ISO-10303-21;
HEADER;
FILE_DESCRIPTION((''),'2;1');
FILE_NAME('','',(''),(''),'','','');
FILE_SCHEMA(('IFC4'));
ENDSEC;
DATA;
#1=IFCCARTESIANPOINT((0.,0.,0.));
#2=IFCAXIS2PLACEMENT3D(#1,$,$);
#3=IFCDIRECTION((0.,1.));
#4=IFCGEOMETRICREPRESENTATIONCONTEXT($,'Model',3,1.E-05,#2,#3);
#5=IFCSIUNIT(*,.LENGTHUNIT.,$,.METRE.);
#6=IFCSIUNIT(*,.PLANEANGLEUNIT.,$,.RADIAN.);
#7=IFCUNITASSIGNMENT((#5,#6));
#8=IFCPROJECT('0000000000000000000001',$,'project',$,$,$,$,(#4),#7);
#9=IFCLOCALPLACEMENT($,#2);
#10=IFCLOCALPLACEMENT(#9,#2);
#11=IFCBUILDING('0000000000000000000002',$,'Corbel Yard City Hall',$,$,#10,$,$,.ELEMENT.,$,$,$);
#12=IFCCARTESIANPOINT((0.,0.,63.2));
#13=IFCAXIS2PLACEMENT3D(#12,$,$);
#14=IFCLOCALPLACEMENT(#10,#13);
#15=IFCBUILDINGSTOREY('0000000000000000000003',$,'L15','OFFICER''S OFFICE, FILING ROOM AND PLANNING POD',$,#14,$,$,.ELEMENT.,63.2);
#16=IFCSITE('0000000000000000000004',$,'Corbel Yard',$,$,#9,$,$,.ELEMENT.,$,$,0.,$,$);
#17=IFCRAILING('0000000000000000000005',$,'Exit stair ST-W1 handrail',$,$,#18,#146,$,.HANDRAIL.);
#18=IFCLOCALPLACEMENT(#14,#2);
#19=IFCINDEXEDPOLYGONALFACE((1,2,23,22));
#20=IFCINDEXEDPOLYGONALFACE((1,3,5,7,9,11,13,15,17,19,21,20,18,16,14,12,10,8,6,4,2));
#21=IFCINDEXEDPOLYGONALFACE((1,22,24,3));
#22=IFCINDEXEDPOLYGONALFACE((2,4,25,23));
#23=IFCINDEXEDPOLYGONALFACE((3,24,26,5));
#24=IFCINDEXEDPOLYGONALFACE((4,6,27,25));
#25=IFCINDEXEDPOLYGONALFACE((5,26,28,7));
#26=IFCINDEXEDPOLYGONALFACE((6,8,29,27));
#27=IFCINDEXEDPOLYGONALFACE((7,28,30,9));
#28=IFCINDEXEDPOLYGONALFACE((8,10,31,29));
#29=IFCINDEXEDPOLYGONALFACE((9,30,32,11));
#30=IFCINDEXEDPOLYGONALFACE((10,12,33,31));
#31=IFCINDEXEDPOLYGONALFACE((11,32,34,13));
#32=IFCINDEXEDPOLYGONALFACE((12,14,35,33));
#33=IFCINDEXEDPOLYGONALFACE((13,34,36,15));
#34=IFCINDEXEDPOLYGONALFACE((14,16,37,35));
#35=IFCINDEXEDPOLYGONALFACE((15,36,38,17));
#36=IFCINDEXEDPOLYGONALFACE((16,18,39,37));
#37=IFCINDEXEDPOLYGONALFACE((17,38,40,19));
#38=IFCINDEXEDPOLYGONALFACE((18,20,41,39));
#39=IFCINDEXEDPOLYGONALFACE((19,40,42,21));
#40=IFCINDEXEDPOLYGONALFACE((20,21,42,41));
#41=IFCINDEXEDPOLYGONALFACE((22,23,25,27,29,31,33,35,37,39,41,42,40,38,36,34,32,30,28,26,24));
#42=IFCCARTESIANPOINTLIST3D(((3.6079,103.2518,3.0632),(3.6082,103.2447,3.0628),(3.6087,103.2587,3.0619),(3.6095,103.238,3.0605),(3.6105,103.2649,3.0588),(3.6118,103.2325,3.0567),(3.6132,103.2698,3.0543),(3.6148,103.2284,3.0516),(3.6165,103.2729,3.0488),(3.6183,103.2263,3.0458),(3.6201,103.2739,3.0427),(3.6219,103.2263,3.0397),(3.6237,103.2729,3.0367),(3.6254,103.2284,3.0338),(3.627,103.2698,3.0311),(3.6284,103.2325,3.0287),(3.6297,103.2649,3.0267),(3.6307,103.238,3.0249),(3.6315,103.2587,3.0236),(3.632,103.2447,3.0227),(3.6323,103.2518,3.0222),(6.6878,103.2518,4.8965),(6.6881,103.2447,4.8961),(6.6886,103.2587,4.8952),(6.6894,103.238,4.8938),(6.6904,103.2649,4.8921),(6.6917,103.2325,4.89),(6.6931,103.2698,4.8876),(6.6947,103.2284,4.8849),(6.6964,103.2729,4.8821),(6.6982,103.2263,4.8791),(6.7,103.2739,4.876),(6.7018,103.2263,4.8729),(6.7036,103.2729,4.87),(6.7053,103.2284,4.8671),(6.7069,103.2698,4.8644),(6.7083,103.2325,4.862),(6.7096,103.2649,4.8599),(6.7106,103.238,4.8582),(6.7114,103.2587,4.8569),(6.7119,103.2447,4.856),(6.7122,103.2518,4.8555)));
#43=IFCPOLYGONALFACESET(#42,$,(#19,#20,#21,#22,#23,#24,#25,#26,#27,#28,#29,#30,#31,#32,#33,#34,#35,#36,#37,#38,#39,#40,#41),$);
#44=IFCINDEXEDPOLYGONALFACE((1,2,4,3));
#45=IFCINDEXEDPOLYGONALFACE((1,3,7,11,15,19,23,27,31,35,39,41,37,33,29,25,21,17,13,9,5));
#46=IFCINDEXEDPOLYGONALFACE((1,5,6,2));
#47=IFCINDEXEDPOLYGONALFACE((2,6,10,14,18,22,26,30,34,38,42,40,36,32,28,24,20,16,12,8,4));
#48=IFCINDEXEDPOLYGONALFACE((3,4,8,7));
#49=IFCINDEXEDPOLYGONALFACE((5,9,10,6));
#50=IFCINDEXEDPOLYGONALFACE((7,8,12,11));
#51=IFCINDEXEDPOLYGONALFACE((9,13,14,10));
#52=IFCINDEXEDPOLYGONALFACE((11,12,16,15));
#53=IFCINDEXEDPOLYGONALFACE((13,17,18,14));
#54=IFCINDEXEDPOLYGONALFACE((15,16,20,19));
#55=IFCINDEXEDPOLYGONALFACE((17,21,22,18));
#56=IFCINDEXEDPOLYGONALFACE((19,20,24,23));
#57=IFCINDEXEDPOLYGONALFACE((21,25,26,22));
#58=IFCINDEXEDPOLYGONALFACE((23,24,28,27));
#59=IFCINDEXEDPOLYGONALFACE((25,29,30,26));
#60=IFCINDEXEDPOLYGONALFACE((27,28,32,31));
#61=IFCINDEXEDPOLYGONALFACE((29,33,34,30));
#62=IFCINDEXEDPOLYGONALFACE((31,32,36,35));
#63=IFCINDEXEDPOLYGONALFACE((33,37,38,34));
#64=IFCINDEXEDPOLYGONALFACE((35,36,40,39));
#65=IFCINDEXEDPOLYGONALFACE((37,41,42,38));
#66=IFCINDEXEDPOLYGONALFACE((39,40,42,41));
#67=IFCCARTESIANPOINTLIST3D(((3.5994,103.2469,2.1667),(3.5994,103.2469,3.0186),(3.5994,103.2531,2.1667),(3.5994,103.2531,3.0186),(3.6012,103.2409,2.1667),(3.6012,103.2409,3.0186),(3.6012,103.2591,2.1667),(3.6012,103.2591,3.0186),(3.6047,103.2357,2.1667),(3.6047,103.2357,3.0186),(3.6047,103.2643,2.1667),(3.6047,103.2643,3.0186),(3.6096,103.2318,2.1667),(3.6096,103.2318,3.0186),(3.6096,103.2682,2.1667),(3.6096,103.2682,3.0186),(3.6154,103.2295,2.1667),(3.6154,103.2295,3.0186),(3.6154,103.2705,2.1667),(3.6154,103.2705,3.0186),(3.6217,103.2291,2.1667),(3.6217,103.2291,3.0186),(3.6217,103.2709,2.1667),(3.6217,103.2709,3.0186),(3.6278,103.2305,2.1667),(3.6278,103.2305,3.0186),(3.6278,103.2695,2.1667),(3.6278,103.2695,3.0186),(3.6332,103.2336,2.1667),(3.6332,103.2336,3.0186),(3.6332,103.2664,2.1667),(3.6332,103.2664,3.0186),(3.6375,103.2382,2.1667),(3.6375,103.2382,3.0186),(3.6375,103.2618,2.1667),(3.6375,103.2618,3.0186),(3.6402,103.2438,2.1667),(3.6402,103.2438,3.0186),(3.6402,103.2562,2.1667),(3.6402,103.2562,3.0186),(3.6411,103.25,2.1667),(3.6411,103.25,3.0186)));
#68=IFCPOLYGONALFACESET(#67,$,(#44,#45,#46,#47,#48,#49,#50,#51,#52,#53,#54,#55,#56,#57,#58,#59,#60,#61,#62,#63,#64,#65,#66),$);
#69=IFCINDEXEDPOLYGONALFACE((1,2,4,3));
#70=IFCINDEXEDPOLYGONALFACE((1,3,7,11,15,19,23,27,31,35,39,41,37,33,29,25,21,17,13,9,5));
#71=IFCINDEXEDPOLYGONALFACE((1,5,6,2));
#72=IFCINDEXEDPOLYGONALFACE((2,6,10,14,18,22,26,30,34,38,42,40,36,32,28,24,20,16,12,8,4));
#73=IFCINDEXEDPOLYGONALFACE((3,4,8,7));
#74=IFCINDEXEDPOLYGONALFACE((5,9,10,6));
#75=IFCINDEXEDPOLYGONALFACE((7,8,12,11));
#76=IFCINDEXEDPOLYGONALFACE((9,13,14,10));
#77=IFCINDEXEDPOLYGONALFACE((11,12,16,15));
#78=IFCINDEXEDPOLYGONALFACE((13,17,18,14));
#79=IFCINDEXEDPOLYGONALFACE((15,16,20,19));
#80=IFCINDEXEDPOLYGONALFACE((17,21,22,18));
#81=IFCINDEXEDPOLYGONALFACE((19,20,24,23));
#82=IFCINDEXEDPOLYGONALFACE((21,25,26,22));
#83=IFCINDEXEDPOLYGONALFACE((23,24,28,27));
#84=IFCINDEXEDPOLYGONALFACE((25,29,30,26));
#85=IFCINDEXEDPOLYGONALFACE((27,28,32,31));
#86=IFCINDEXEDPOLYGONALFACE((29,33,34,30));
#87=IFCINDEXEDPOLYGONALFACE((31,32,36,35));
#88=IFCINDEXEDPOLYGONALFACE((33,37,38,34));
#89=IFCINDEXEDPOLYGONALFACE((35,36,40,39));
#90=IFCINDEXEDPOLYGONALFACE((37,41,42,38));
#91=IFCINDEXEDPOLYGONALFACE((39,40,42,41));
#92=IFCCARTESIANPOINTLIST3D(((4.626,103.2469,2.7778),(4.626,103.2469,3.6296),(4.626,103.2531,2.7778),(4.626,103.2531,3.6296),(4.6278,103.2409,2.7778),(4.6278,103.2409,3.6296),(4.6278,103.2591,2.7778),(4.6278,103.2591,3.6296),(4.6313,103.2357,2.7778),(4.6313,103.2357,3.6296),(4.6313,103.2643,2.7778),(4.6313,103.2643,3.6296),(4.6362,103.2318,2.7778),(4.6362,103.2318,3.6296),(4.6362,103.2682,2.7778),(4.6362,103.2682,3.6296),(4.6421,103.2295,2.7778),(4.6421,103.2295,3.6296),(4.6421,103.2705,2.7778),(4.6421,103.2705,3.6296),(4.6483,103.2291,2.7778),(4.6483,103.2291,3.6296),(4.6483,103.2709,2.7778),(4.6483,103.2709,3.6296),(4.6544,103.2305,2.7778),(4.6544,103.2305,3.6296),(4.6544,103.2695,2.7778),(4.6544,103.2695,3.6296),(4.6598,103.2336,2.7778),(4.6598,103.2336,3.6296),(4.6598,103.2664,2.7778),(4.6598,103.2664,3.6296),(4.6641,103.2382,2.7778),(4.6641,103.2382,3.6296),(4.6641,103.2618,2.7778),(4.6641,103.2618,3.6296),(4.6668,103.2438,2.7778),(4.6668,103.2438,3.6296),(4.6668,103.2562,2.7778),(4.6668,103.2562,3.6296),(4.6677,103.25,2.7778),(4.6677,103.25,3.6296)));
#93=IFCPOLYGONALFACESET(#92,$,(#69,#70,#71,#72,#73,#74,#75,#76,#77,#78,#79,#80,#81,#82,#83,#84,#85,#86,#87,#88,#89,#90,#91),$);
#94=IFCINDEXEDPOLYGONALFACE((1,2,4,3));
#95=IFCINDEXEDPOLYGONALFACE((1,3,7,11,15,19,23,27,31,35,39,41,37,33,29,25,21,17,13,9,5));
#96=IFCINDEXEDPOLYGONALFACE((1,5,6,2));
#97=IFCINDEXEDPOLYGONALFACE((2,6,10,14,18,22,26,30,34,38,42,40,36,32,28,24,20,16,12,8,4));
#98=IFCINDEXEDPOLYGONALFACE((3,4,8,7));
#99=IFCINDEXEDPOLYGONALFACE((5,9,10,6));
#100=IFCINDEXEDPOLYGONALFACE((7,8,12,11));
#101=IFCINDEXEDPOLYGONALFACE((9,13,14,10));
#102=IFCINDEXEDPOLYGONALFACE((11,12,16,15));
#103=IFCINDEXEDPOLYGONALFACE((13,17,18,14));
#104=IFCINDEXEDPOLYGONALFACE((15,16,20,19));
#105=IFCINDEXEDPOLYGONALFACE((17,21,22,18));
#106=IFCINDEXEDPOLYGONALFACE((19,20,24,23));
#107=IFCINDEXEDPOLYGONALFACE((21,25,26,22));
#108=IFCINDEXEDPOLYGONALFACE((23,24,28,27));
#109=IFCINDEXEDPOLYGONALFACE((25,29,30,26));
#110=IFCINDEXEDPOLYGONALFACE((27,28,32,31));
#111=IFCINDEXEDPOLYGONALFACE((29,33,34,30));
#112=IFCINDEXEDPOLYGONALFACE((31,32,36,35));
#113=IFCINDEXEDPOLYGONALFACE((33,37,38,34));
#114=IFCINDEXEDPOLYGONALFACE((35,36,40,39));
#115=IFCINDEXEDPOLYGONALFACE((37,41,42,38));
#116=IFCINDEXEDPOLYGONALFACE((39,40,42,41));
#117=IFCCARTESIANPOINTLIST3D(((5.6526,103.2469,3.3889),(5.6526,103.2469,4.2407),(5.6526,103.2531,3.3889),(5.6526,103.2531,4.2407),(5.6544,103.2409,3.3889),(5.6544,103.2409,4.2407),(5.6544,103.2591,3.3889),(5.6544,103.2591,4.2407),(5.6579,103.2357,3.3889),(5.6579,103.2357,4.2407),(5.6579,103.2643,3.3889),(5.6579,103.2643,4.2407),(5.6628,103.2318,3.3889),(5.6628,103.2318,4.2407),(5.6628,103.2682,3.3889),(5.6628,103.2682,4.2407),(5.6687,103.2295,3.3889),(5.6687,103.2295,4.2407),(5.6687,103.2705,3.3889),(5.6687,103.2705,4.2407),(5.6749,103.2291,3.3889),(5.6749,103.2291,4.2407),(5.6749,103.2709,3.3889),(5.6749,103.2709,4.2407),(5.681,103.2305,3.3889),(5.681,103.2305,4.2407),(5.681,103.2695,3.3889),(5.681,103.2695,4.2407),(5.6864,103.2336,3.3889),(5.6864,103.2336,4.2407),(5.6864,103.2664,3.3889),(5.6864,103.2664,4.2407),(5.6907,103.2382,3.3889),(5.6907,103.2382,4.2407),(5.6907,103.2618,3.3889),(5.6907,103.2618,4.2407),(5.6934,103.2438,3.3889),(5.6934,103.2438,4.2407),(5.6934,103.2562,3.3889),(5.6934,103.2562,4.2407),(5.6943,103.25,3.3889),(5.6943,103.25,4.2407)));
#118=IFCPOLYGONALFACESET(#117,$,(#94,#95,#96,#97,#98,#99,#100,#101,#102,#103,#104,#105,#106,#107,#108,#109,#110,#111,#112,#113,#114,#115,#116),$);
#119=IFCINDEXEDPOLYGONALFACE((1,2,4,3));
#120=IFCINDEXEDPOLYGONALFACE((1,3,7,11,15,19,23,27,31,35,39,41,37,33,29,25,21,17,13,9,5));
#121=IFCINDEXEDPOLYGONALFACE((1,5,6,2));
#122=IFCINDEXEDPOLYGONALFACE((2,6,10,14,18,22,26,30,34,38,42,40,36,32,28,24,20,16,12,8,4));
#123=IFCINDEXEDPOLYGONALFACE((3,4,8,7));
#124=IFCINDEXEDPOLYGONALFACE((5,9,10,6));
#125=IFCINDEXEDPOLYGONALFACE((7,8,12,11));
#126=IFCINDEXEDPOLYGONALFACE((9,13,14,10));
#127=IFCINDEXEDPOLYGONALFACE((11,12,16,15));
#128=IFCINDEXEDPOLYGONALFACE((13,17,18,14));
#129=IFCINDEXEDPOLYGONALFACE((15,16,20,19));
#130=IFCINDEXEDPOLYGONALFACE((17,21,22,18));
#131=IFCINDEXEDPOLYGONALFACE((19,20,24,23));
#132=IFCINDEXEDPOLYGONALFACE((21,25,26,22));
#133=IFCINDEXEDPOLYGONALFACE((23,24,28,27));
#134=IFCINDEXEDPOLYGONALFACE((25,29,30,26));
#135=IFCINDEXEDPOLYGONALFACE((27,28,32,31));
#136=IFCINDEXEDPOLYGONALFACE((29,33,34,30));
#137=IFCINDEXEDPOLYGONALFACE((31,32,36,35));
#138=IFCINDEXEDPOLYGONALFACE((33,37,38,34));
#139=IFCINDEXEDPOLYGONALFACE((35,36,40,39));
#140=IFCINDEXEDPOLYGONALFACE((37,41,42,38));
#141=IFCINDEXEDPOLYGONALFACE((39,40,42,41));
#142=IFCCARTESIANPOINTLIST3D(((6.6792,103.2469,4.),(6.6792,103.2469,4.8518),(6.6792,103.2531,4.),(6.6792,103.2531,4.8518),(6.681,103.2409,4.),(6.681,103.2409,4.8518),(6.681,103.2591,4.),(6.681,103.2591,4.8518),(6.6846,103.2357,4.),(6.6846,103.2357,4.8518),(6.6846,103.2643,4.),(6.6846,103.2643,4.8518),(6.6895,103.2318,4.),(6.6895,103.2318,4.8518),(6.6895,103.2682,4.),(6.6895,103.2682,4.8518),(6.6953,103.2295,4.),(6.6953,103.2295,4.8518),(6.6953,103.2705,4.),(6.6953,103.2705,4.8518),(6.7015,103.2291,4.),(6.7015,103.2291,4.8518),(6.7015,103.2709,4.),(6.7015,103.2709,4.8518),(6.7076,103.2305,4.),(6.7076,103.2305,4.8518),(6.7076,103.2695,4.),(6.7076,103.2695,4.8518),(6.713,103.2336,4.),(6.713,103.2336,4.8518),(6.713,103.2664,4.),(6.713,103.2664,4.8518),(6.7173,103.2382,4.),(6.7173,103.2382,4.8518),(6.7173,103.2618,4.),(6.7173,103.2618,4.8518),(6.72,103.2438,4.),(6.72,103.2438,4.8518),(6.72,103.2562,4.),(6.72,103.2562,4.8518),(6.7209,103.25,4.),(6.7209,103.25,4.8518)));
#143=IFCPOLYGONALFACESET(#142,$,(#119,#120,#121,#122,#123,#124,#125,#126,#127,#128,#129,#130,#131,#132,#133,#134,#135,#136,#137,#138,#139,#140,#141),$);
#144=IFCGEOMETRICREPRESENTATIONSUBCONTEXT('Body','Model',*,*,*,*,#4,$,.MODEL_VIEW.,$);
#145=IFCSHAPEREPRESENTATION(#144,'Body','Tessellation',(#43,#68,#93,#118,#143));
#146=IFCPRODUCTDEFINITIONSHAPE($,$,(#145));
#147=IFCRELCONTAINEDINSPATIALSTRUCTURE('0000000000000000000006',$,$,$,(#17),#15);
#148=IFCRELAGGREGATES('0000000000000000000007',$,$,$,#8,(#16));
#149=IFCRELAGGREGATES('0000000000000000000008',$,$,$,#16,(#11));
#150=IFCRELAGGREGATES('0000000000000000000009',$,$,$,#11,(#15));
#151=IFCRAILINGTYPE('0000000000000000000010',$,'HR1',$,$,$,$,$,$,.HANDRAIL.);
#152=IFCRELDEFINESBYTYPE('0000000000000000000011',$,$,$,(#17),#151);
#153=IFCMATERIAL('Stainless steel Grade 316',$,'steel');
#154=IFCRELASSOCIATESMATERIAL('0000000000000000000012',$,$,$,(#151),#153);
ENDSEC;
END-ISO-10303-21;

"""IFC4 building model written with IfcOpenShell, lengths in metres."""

from ifc_helpers import new_model, si_unit, direction, frame, origin, origin_2d, place, context, subcontext, project, spatial, circle, extrude, material, type_object, element, save


model = new_model("IFC4")

# Units and contexts
model_context = context("Model", 3, precision=1e-05, world=origin(), true_north=direction((0.0, 1.0)))
body_context = subcontext(model_context, "Body", "Model", "MODEL_VIEW")
ifc_project = project(units=[si_unit("LENGTHUNIT", "METRE"), si_unit("PLANEANGLEUNIT", "RADIAN")], contexts=[model_context])

# Site, building, storey
site_placement = place(None, origin())
site = spatial("IfcSite", under=ifc_project, at=site_placement, Name="Corbel Yard", CompositionType="ELEMENT", RefElevation=0.0)
building_placement = place(site_placement, origin())
building = spatial("IfcBuilding", under=site, at=building_placement, Name="Corbel Yard City Hall", CompositionType="ELEMENT")
storey_placement = place(building_placement, frame((0.0, 0.0, 63.2)))
storey = spatial("IfcBuildingStorey", under=building, at=storey_placement, Name="L15", Description="OFFICER'S OFFICE, FILING ROOM AND PLANNING POD", CompositionType="ELEMENT", Elevation=63.2)

# Railing
ifc_material_1 = material(Name="Stainless steel Grade 316", Category="steel")
railing_type = type_object("IfcRailingType", Name="HR1", PredefinedType="HANDRAIL", material=ifc_material_1)
for number, where, name in (
    (1, (3.6201, 103.25, 2.1667), "Exit stair ST-W1 handrail"),
):
    element("IfcRailing", number, at=place(storey_placement, frame(where)), inside=storey, type_object=railing_type, Name=name, PredefinedType="HANDRAIL", context=body_context, shape_type="SweptSolid", body=[
        extrude(circle(Radius=0.0239, at=origin_2d()), frame((0.0, 0.0, 0.876), z_axis=(0.859291, 0.0, 0.511487), x_axis=(0.0, 1.0, 0.0)), (0.0, 0.0, 1.0), 3.5842),
        extrude(circle(Radius=0.021, at=origin_2d()), origin(), (0.0, 0.0, 1.0), 0.8518),
        extrude(circle(Radius=0.021, at=origin_2d()), frame((1.0266, 0.0, 0.6111)), (0.0, 0.0, 1.0), 0.8518),
        extrude(circle(Radius=0.021, at=origin_2d()), frame((2.0532, 0.0, 1.2222)), (0.0, 0.0, 1.0), 0.8518),
        extrude(circle(Radius=0.021, at=origin_2d()), frame((3.0798, 0.0, 1.8333)), (0.0, 0.0, 1.0), 0.8518),
    ])

save(model, "model.ifc")
